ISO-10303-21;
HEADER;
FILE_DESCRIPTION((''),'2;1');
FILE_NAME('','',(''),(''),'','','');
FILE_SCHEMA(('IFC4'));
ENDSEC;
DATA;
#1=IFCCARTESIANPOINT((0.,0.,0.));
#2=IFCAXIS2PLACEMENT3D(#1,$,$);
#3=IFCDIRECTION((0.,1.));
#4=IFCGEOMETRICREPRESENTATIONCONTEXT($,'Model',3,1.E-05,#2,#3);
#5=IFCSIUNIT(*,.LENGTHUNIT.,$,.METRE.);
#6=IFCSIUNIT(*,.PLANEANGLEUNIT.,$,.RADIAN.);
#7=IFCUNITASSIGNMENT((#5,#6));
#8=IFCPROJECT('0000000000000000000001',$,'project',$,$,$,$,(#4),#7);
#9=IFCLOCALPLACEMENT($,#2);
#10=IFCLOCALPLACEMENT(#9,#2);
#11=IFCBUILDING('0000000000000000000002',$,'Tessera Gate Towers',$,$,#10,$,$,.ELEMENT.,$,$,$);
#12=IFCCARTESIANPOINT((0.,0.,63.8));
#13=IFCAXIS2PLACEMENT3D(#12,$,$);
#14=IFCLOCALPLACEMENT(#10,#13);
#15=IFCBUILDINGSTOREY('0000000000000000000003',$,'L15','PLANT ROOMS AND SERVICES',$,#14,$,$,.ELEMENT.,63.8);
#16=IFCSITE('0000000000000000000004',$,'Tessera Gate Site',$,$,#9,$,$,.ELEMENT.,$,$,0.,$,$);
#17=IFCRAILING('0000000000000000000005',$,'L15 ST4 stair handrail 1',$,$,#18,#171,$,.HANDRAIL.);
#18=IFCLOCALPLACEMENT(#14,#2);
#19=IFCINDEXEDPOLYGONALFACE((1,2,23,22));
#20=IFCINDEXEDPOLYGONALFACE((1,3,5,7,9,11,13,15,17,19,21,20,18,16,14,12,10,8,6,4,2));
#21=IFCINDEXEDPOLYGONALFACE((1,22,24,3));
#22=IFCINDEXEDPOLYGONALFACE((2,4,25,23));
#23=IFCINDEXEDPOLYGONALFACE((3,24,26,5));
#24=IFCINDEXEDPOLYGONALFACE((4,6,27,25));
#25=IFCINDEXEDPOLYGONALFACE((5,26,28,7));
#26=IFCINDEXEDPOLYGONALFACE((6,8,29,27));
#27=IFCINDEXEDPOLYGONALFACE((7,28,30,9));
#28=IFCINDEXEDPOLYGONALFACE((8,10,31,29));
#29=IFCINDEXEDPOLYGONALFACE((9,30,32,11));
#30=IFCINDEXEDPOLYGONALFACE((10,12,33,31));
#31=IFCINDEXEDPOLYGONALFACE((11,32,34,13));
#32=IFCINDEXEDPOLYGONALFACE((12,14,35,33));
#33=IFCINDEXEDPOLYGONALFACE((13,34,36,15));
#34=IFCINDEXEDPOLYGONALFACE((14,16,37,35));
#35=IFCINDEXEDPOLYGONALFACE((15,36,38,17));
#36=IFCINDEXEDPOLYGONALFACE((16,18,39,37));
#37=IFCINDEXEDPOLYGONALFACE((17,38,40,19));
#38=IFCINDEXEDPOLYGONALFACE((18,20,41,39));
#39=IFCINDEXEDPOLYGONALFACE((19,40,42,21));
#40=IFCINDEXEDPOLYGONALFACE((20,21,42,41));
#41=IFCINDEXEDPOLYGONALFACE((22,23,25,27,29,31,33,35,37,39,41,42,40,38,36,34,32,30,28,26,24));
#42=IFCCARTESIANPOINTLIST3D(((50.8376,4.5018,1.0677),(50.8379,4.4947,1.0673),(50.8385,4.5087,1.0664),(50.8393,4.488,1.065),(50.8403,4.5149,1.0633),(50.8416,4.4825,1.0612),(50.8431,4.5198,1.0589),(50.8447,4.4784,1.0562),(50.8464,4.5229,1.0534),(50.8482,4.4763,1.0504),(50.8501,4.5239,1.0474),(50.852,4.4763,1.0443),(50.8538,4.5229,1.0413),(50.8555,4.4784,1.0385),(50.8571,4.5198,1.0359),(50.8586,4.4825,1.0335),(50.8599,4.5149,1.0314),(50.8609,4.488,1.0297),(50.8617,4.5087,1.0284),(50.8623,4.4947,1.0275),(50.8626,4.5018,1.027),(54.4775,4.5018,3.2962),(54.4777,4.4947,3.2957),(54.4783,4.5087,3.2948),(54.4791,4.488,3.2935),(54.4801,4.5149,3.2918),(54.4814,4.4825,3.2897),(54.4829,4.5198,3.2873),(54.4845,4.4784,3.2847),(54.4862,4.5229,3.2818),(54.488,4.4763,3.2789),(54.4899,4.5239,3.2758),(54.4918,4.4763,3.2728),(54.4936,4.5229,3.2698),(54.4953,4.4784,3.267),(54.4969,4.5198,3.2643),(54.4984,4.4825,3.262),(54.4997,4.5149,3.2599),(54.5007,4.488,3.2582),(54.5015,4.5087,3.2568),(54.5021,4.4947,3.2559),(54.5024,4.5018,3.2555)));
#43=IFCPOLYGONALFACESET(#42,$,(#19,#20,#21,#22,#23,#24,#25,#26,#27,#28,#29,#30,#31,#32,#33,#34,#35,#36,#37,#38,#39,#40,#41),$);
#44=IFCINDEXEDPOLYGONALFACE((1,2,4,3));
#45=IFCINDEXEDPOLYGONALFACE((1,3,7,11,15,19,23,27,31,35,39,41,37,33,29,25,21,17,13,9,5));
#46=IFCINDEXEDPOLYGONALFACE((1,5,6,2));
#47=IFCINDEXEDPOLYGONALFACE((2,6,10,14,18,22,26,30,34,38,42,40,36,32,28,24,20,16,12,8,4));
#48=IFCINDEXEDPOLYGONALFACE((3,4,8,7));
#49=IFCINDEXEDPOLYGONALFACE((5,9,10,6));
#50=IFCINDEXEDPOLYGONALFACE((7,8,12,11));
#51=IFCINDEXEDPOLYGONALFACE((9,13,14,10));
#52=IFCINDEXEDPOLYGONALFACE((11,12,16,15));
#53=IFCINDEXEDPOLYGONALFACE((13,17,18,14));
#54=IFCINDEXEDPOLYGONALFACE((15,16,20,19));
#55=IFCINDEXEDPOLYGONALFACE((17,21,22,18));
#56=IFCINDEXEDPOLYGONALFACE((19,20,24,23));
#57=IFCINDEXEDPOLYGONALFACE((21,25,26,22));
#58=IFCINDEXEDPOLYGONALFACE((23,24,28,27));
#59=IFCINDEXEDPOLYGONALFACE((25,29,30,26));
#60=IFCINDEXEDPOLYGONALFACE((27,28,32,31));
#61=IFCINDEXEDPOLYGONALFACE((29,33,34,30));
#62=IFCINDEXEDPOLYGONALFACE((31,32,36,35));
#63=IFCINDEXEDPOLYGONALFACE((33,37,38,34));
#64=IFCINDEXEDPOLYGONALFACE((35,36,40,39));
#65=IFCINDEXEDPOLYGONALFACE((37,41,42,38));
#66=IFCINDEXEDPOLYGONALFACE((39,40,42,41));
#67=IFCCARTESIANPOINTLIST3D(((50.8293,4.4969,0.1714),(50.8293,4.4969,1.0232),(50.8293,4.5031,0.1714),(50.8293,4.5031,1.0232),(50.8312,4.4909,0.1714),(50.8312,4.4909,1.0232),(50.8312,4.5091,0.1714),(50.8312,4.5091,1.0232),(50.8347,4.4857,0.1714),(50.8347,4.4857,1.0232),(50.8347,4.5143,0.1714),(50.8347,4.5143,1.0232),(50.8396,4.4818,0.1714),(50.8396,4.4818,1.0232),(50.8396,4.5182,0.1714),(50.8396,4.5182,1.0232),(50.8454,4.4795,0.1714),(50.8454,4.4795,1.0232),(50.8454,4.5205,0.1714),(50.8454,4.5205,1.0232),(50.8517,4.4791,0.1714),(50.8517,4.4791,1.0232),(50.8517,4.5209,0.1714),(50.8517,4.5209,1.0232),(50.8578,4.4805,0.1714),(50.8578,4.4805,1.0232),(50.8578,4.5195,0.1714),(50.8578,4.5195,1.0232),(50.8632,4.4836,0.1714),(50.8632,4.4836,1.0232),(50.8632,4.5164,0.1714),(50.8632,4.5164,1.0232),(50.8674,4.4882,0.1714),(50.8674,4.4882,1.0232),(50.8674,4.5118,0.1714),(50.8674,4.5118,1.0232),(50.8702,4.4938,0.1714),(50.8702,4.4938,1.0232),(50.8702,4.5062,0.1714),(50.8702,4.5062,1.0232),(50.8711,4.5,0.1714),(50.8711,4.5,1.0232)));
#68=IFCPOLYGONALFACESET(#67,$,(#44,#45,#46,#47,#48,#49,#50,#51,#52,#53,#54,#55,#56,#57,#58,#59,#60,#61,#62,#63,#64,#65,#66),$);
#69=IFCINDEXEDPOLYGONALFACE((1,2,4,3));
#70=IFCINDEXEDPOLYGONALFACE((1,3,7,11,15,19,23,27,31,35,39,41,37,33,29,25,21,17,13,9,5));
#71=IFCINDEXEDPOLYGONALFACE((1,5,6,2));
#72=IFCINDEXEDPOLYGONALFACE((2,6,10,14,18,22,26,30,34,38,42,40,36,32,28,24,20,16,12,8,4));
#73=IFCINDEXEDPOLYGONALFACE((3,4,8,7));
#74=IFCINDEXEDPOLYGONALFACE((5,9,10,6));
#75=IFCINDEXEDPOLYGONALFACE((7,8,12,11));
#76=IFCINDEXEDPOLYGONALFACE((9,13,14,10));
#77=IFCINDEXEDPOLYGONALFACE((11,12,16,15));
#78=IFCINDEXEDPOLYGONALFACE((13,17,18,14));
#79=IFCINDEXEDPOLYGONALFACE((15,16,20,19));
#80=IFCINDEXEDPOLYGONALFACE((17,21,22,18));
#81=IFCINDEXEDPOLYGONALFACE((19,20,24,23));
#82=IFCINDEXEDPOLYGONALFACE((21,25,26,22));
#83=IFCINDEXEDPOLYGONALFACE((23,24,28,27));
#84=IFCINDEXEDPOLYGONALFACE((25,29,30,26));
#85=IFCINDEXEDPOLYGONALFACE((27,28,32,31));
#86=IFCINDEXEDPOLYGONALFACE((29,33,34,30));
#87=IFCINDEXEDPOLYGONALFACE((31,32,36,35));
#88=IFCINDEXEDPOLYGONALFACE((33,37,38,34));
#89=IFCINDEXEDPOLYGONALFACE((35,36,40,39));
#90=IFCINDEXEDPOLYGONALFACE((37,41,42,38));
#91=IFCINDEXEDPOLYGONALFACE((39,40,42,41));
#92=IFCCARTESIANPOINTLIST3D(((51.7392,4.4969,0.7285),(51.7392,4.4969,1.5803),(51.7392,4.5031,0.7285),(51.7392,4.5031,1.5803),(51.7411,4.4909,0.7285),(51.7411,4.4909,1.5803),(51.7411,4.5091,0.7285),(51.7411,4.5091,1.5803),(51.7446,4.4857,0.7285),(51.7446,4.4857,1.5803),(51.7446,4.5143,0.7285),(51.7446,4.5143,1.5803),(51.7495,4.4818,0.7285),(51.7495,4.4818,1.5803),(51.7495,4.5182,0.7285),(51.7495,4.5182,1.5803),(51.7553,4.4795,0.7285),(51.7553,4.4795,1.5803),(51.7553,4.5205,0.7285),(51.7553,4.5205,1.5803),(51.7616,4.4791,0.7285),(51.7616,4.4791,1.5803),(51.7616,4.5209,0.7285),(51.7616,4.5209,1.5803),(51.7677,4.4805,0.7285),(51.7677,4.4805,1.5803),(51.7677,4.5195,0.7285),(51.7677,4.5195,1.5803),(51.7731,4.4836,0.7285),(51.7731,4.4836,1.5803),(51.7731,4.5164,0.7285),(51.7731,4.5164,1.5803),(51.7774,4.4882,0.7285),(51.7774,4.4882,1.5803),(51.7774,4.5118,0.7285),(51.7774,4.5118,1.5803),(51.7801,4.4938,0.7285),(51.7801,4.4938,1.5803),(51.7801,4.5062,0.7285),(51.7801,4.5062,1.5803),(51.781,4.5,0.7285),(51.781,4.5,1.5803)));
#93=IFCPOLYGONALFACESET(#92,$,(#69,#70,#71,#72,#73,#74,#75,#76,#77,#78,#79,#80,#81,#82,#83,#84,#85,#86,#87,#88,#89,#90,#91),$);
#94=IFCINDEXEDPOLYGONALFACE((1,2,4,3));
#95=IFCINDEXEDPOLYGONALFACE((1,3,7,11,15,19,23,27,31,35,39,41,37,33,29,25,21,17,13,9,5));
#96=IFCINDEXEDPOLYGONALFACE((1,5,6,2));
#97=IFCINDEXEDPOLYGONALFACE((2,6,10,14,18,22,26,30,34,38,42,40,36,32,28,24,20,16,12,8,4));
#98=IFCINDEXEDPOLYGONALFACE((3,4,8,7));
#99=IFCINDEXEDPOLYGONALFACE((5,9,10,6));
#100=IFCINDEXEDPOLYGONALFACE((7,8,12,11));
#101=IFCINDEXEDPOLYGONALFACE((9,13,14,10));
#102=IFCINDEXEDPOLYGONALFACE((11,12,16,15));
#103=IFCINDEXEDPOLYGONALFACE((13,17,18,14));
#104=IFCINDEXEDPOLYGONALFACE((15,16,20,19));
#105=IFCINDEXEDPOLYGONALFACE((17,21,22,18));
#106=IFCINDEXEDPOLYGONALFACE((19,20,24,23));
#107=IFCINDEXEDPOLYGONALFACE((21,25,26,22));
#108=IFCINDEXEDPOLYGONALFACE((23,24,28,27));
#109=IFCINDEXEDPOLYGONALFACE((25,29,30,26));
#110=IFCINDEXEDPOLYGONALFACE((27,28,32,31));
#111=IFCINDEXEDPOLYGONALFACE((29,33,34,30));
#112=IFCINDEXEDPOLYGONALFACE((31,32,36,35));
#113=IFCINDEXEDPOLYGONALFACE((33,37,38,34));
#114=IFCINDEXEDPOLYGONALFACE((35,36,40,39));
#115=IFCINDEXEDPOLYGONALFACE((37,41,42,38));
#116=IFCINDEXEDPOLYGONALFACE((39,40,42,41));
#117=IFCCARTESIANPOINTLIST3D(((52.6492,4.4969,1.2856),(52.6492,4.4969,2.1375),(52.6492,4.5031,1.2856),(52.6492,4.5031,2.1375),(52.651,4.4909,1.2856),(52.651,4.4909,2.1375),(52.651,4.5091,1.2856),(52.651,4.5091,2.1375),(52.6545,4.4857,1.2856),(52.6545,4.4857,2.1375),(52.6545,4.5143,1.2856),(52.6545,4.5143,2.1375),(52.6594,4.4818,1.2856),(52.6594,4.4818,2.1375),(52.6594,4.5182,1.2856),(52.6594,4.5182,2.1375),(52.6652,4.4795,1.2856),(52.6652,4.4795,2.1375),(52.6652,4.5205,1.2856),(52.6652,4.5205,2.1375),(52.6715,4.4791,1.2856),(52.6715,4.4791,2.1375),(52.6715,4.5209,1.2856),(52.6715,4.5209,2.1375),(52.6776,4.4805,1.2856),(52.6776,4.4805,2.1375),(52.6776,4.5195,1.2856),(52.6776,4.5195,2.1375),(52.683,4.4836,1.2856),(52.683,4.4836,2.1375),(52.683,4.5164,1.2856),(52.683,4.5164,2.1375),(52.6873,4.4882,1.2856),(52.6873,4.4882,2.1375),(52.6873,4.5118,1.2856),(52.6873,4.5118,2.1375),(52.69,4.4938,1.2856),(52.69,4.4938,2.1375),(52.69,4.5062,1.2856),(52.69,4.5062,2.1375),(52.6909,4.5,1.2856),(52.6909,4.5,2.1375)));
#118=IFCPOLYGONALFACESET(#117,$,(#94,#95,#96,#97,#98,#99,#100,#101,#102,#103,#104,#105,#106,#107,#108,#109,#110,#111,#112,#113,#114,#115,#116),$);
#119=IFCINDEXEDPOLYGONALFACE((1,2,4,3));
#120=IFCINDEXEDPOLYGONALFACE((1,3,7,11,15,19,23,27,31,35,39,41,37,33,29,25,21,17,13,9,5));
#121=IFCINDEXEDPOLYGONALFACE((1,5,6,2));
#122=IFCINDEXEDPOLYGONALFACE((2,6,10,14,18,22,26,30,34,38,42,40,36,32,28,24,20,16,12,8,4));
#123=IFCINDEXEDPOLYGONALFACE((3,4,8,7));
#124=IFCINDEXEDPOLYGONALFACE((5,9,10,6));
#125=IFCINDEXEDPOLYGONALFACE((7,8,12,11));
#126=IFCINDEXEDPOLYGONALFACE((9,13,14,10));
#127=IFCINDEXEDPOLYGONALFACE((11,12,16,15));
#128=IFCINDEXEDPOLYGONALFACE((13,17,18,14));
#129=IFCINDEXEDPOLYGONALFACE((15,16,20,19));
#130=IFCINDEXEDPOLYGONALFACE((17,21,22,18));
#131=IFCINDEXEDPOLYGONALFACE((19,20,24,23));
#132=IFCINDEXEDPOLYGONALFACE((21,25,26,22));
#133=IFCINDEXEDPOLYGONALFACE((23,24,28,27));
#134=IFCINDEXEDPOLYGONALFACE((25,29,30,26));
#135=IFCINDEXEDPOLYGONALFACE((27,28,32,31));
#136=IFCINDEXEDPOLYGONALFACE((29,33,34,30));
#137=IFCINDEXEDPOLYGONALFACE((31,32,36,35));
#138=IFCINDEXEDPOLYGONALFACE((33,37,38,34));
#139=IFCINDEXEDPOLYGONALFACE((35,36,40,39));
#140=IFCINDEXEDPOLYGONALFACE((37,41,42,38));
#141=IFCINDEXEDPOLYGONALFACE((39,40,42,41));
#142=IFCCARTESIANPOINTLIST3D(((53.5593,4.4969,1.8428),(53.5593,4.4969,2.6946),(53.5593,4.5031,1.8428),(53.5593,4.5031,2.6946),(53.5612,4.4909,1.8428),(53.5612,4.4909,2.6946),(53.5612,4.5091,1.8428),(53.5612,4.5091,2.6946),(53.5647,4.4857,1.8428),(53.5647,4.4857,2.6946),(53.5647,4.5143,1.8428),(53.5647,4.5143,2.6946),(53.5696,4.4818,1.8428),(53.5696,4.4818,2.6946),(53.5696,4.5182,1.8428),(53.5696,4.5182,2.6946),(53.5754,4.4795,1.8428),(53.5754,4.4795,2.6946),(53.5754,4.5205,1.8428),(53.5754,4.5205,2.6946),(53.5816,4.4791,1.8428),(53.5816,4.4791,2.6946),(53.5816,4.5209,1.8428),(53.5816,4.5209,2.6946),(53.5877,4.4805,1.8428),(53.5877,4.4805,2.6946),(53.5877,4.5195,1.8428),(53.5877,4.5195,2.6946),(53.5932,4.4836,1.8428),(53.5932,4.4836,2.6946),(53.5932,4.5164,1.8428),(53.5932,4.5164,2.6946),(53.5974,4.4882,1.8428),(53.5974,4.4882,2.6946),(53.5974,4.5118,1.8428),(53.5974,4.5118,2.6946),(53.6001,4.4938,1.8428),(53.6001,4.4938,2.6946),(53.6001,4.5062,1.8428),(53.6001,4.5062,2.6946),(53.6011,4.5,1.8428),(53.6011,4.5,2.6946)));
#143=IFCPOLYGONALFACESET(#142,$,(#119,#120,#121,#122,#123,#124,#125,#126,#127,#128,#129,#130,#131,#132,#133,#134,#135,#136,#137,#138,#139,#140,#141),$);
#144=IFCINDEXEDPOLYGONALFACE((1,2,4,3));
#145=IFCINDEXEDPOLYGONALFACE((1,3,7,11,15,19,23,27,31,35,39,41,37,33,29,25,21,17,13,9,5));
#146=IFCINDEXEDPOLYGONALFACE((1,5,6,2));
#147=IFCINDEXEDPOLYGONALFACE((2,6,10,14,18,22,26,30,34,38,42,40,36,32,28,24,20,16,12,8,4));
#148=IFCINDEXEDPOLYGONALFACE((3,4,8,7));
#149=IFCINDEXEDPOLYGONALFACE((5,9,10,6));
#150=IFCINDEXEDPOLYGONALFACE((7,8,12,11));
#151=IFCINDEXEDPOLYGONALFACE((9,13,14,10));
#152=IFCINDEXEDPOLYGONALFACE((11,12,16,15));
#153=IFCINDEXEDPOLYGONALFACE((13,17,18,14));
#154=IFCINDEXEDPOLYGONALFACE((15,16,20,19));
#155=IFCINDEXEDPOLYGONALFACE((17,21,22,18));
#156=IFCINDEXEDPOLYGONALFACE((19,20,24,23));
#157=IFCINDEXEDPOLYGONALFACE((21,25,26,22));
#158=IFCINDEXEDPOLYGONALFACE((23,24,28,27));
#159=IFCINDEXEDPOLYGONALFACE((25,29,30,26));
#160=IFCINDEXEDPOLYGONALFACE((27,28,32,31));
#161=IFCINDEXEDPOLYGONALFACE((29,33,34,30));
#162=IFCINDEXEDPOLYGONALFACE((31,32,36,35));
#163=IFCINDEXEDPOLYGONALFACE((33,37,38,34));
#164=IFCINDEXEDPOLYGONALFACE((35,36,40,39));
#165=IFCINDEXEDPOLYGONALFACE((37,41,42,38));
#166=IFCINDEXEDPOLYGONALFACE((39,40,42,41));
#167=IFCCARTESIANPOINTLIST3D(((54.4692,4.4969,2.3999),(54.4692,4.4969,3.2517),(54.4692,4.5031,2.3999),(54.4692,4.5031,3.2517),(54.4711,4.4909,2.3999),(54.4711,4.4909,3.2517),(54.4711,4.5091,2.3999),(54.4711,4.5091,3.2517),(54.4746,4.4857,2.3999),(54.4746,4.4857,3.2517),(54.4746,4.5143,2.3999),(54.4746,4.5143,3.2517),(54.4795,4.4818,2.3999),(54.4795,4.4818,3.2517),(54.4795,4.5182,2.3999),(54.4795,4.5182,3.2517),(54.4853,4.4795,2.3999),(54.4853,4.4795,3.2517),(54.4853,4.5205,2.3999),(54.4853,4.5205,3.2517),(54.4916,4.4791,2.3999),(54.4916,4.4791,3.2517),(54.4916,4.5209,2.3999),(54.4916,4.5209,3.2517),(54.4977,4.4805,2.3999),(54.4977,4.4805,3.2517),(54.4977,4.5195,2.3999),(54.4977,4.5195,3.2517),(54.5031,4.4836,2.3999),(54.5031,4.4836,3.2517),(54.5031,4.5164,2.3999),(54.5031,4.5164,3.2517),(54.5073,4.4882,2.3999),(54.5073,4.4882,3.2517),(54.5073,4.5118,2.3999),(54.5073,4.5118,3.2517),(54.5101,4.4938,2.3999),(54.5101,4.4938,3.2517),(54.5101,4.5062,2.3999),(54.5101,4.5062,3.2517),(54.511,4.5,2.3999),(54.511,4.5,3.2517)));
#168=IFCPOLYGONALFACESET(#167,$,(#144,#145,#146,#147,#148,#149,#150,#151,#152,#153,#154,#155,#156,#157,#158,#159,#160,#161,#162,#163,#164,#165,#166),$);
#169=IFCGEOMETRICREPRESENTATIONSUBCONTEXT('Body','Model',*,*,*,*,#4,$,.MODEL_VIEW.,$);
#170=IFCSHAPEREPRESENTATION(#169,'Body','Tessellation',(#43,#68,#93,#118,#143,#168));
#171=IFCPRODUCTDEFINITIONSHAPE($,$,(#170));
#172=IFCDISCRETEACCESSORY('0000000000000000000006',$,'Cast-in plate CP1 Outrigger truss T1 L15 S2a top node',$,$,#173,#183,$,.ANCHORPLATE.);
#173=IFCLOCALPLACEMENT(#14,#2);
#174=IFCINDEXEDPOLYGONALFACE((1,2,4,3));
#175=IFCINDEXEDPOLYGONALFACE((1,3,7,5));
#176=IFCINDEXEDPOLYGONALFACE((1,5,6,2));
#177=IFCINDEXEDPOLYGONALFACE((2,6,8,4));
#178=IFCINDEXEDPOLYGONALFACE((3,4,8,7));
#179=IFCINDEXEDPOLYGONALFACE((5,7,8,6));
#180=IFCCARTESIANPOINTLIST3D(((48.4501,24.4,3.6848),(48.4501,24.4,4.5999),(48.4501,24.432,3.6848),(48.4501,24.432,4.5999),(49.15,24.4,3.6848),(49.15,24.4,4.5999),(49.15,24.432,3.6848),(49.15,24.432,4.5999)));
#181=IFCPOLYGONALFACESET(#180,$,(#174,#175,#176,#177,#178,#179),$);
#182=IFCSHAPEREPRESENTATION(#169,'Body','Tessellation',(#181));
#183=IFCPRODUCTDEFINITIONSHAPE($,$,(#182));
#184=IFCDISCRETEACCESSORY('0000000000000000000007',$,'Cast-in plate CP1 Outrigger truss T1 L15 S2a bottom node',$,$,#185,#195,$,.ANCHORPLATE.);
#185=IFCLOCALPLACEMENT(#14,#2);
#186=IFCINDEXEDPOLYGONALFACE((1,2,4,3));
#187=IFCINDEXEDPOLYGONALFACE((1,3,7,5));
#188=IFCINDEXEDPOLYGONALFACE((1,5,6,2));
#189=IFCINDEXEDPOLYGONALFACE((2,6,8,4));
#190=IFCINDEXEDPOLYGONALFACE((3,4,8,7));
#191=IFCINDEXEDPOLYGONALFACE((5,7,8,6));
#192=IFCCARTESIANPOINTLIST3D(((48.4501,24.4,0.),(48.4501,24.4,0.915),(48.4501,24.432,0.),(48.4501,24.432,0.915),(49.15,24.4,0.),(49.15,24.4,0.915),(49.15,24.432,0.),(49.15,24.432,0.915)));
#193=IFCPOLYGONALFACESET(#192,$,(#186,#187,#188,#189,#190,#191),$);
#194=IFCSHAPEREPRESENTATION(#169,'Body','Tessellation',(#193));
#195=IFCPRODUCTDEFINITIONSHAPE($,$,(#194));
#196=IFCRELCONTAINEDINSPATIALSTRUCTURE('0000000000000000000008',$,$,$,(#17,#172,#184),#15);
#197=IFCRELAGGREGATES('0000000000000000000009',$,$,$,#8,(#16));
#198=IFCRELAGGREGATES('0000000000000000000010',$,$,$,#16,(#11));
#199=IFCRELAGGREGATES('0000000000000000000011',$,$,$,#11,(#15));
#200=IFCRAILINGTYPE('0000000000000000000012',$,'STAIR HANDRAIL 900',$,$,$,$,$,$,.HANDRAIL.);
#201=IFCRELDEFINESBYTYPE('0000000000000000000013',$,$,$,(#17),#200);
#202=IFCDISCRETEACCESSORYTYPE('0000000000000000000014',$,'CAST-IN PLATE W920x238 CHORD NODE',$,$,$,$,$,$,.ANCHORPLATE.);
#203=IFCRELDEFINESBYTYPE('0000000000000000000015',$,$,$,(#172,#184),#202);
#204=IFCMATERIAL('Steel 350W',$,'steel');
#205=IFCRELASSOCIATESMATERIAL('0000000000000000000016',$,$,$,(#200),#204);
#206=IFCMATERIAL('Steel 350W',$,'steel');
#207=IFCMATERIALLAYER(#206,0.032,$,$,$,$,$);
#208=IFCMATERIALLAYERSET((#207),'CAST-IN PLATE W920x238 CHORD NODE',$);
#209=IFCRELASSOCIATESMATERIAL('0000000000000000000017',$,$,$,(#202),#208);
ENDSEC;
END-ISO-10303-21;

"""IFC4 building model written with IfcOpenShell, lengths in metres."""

from ifc_helpers import new_model, si_unit, direction, frame, origin, origin_2d, place, context, subcontext, project, spatial, rectangle, circle, extrude, material, layer, layer_set, type_object, element, save


model = new_model("IFC4")

# Units and contexts
model_context = context("Model", 3, precision=1e-05, world=origin(), true_north=direction((0.0, 1.0)))
body_context = subcontext(model_context, "Body", "Model", "MODEL_VIEW")
ifc_project = project(units=[si_unit("LENGTHUNIT", "METRE"), si_unit("PLANEANGLEUNIT", "RADIAN")], contexts=[model_context])

# Site, building, storey
site_placement = place(None, origin())
site = spatial("IfcSite", under=ifc_project, at=site_placement, Name="Tessera Gate Site", CompositionType="ELEMENT", RefElevation=0.0)
building_placement = place(site_placement, origin())
building = spatial("IfcBuilding", under=site, at=building_placement, Name="Tessera Gate Towers", CompositionType="ELEMENT")
storey_placement = place(building_placement, frame((0.0, 0.0, 63.8)))
storey = spatial("IfcBuildingStorey", under=building, at=storey_placement, Name="L15", Description="PLANT ROOMS AND SERVICES", CompositionType="ELEMENT", Elevation=63.8)

# Railing
ifc_material_1 = material(Name="Steel 350W", Category="steel")
railing_type_1 = type_object("IfcRailingType", Name="STAIR HANDRAIL 900", PredefinedType="HANDRAIL", material=ifc_material_1)
railing_1_placement = place(storey_placement, frame((50.8501, 4.5, 0.1714)))
element("IfcRailing", 1, at=railing_1_placement, inside=storey, type_object=railing_type_1, Name="L15 ST4 stair handrail 1", PredefinedType="HANDRAIL", context=body_context, shape_type="SweptSolid", body=[
    extrude(circle(Radius=0.0239, at=origin_2d()), frame((0.0, 0.0, 0.876), z_axis=(0.85285, 0.0, 0.522156), x_axis=(0.0, 1.0, 0.0)), (0.0, 0.0, 1.0), 4.2678),
    extrude(circle(Radius=0.021, at=origin_2d()), origin(), (0.0, 0.0, 1.0), 0.8518),
    extrude(circle(Radius=0.021, at=origin_2d()), frame((0.9099, 0.0, 0.5571)), (0.0, 0.0, 1.0), 0.8518),
    extrude(circle(Radius=0.021, at=origin_2d()), frame((1.8198, 0.0, 1.1143)), (0.0, 0.0, 1.0), 0.8518),
    extrude(circle(Radius=0.021, at=origin_2d()), frame((2.73, 0.0, 1.6714)), (0.0, 0.0, 1.0), 0.8518),
    extrude(circle(Radius=0.021, at=origin_2d()), frame((3.6399, 0.0, 2.2285)), (0.0, 0.0, 1.0), 0.8518),
])

# Discrete accessories
ifc_material_2 = material(Name="Steel 350W", Category="steel")
ifc_layer_1 = layer(ifc_material_2, 0.032)
ifc_layer_set_1 = layer_set([ifc_layer_1], Name="CAST-IN PLATE W920x238 CHORD NODE")
discrete_accessory_type = type_object("IfcDiscreteAccessoryType", Name="CAST-IN PLATE W920x238 CHORD NODE", PredefinedType="ANCHORPLATE", material=ifc_layer_set_1)
for number, where, z_axis, x_axis, name in (
    (2, (48.8, 24.416, 3.6848), (0.0, 0.0, 1.0), (1.0, 0.0, 0.0), "Cast-in plate CP1 Outrigger truss T1 L15 S2a top node"),
    (3, (48.8, 24.416, 0.0), (0.0, 0.0, 1.0), (1.0, 0.0, 0.0), "Cast-in plate CP1 Outrigger truss T1 L15 S2a bottom node"),
):
    element("IfcDiscreteAccessory", number, at=place(storey_placement, frame(where, z_axis=z_axis, x_axis=x_axis)), inside=storey, type_object=discrete_accessory_type, Name=name, PredefinedType="ANCHORPLATE", context=body_context, shape_type="SweptSolid", body=[
        extrude(rectangle(XDim=0.7, YDim=0.032, at=origin_2d()), origin(), (0.0, 0.0, 1.0), 0.915),
    ])

save(model, "model.ifc")
